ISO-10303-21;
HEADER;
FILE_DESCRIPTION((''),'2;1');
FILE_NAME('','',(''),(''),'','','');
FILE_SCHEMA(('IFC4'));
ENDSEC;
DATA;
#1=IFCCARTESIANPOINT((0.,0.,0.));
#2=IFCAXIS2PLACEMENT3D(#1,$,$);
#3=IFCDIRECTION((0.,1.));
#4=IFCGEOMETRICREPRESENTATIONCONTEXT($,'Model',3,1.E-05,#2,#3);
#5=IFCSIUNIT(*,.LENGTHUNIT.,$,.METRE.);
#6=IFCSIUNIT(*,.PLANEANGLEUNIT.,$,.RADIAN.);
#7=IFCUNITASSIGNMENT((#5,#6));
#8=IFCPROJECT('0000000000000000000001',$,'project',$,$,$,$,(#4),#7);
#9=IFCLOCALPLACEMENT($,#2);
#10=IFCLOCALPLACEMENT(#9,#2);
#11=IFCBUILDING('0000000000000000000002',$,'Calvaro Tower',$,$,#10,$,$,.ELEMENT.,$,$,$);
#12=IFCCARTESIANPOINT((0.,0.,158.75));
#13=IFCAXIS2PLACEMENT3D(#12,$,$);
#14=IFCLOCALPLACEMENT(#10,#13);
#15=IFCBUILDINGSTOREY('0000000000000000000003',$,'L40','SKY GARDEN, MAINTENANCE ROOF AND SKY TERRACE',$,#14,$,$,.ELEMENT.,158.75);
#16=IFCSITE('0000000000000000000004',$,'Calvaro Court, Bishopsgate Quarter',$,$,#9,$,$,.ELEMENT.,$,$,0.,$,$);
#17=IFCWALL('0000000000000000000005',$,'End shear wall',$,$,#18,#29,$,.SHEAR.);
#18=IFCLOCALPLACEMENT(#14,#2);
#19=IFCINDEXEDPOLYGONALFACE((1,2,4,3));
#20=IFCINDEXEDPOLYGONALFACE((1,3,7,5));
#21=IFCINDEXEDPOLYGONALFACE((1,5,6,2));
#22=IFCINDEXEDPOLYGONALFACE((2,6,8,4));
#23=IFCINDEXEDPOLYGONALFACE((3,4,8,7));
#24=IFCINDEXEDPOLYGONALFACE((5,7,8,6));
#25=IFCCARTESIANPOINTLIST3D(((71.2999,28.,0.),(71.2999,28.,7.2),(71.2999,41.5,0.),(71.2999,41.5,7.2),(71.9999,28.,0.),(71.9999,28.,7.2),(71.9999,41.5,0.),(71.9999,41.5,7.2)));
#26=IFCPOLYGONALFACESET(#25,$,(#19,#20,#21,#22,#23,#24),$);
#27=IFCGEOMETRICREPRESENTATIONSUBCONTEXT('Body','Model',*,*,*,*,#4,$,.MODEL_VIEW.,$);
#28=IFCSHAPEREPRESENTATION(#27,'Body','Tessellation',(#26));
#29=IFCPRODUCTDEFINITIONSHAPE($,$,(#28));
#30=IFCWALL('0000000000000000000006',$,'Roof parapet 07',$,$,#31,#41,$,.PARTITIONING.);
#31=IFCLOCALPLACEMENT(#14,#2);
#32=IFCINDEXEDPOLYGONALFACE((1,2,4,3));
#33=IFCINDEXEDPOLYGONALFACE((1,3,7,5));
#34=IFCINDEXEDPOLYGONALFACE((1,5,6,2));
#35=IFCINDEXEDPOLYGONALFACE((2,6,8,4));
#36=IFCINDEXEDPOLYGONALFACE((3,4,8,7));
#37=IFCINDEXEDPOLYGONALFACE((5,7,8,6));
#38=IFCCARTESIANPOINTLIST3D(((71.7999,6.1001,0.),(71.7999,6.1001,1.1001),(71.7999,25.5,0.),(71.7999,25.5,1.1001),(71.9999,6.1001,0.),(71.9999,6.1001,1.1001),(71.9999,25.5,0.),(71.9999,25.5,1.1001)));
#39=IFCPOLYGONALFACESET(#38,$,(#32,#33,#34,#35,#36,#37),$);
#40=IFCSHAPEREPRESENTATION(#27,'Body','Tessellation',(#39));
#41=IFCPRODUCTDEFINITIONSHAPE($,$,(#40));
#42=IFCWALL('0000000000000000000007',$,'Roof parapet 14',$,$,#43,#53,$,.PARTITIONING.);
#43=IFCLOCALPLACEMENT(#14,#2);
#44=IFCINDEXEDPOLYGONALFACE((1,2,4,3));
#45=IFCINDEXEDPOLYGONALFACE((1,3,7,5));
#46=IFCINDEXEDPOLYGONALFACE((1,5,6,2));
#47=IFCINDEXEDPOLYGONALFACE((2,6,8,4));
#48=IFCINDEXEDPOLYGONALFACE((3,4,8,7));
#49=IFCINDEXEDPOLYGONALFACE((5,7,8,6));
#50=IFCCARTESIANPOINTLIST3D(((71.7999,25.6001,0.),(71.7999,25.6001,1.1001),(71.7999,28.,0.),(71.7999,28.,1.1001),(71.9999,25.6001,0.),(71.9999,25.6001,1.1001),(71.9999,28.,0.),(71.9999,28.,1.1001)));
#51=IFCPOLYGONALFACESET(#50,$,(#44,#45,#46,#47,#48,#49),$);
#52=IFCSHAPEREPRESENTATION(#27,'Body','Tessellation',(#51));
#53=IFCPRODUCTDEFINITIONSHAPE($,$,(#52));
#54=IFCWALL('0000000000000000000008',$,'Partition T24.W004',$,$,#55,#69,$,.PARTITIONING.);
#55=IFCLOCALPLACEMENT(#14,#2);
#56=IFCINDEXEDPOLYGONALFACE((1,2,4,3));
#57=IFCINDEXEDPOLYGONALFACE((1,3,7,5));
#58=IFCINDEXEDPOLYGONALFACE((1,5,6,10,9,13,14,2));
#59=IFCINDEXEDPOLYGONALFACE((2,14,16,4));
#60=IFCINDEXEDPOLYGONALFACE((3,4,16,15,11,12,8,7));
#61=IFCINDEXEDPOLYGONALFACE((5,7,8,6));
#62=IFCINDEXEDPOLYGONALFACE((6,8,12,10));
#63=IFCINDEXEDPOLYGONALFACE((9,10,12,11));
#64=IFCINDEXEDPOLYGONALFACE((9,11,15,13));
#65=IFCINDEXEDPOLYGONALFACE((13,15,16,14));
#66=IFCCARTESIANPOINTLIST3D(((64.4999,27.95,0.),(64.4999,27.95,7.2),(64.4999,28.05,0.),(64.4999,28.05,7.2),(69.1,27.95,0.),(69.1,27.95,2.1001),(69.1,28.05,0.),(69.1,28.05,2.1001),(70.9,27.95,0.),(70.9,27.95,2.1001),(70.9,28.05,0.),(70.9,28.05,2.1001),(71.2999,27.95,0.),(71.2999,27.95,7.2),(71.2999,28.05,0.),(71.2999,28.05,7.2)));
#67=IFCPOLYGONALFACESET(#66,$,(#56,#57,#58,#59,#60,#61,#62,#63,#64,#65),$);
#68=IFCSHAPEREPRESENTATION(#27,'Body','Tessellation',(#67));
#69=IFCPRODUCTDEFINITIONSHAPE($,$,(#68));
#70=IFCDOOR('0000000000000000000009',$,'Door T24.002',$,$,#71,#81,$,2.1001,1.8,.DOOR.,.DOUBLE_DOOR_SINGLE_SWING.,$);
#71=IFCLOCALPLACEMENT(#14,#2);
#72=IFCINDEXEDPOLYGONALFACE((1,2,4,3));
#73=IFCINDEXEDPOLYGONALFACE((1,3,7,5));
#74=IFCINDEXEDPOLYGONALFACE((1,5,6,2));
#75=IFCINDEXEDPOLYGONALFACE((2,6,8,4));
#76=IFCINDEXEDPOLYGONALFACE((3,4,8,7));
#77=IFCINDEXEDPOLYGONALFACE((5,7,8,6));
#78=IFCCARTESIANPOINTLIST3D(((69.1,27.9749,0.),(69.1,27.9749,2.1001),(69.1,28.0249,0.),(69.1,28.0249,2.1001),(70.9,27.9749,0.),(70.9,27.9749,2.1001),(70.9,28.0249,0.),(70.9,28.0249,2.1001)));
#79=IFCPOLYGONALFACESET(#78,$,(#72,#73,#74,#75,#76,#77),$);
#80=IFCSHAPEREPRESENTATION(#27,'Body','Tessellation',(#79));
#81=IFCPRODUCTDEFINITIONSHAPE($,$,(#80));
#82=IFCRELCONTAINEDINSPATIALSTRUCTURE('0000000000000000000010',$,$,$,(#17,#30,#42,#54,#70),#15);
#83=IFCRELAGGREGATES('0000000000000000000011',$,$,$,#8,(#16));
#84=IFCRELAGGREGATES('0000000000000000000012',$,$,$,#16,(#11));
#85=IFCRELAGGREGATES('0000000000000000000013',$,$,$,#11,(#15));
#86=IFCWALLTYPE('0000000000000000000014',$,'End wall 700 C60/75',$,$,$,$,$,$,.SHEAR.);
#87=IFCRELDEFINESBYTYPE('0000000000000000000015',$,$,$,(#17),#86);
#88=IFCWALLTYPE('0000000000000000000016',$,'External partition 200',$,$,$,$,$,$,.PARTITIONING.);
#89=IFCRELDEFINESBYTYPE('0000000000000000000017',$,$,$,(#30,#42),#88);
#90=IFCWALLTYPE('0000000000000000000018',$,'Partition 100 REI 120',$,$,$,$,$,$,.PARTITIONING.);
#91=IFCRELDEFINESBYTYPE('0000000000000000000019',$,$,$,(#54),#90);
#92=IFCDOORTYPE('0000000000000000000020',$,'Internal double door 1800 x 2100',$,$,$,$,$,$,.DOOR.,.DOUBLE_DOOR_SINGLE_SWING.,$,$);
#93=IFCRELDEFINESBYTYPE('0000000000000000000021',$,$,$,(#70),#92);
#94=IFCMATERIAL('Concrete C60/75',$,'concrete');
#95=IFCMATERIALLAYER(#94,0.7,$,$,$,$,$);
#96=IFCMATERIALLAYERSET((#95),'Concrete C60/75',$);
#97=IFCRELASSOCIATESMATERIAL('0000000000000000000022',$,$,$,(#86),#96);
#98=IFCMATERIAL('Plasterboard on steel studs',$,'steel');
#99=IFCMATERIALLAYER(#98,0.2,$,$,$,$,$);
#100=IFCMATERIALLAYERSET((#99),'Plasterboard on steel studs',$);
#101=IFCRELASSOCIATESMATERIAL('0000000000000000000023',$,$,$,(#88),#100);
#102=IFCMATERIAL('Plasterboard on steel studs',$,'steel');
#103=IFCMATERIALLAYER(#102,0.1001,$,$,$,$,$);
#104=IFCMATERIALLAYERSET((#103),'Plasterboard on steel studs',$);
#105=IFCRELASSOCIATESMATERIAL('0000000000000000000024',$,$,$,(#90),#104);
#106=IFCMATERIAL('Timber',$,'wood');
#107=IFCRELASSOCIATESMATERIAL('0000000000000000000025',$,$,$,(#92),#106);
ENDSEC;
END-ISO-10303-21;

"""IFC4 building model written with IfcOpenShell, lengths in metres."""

from ifc_helpers import new_model, si_unit, direction, frame, frame_2d, origin, place, context, subcontext, project, spatial, rectangle, extrude, material, layer, layer_set, type_object, element, fill, save


model = new_model("IFC4")

# Units and contexts
model_context = context("Model", 3, precision=1e-05, world=origin(), true_north=direction((0.0, 1.0)))
body_context = subcontext(model_context, "Body", "Model", "MODEL_VIEW")
ifc_project = project(units=[si_unit("LENGTHUNIT", "METRE"), si_unit("PLANEANGLEUNIT", "RADIAN")], contexts=[model_context])

# Site, building, storey
site_placement = place(None, origin())
site = spatial("IfcSite", under=ifc_project, at=site_placement, Name="Calvaro Court, Bishopsgate Quarter", CompositionType="ELEMENT", RefElevation=0.0)
building_placement = place(site_placement, origin())
building = spatial("IfcBuilding", under=site, at=building_placement, Name="Calvaro Tower", CompositionType="ELEMENT")
storey_placement = place(building_placement, frame((0.0, 0.0, 158.75)))
storey = spatial("IfcBuildingStorey", under=building, at=storey_placement, Name="L40", Description="SKY GARDEN, MAINTENANCE ROOF AND SKY TERRACE", CompositionType="ELEMENT", Elevation=158.75)

# Walls
ifc_material_1 = material(Name="Concrete C60/75", Category="concrete")
ifc_layer_1 = layer(ifc_material_1, 0.7)
ifc_layer_set_1 = layer_set([ifc_layer_1], Name="Concrete C60/75")
wall_type_1 = type_object("IfcWallType", Name="End wall 700 C60/75", PredefinedType="SHEAR", material=ifc_layer_set_1)
wall_1_placement = place(storey_placement, frame((71.6499, 28.0, 0.0), z_axis=(0.0, 0.0, 1.0), x_axis=(0.0, 1.0, 0.0)))
element("IfcWall", 1, at=wall_1_placement, inside=storey, type_object=wall_type_1, Name="End shear wall", PredefinedType="SHEAR", context=body_context, shape_type="SweptSolid", body=[
    extrude(rectangle(XDim=13.5, YDim=0.7, at=frame_2d((6.75, 0.0))), origin(), (0.0, 0.0, 1.0), 7.2),
])
ifc_material_2 = material(Name="Plasterboard on steel studs", Category="steel")
ifc_layer_2 = layer(ifc_material_2, 0.2)
ifc_layer_set_2 = layer_set([ifc_layer_2], Name="Plasterboard on steel studs")
wall_type_2 = type_object("IfcWallType", Name="External partition 200", PredefinedType="PARTITIONING", material=ifc_layer_set_2)
wall_2_placement = place(storey_placement, frame((71.8999, 25.5, 0.0), z_axis=(0.0, 0.0, 1.0), x_axis=(0.0, -1.0, 0.0)))
element("IfcWall", 2, at=wall_2_placement, inside=storey, type_object=wall_type_2, Name="Roof parapet 07", PredefinedType="PARTITIONING", context=body_context, shape_type="SweptSolid", body=[
    extrude(rectangle(XDim=19.3999, YDim=0.2, at=frame_2d((9.7, 0.0))), origin(), (0.0, 0.0, 1.0), 1.1001),
])
wall_3_placement = place(storey_placement, frame((71.8999, 25.6001, 0.0), z_axis=(0.0, 0.0, 1.0), x_axis=(0.0, 1.0, 0.0)))
element("IfcWall", 3, at=wall_3_placement, inside=storey, type_object=wall_type_2, Name="Roof parapet 14", PredefinedType="PARTITIONING", context=body_context, shape_type="SweptSolid", body=[
    extrude(rectangle(XDim=2.3999, YDim=0.2, at=frame_2d((1.2, 0.0))), origin(), (0.0, 0.0, 1.0), 1.1001),
])

# Wall, opening, door
ifc_material_3 = material(Name="Plasterboard on steel studs", Category="steel")
ifc_layer_3 = layer(ifc_material_3, 0.1001)
ifc_layer_set_3 = layer_set([ifc_layer_3], Name="Plasterboard on steel studs")
wall_type_3 = type_object("IfcWallType", Name="Partition 100 REI 120", PredefinedType="PARTITIONING", material=ifc_layer_set_3)
wall_4_placement = place(storey_placement, frame((64.5, 28.0, 0.0), z_axis=(0.0, 0.0, 1.0), x_axis=(1.0, 0.0, 0.0)))
wall_4 = element("IfcWall", 4, at=wall_4_placement, inside=storey, type_object=wall_type_3, Name="Partition T24.W004", PredefinedType="PARTITIONING", context=body_context, shape_type="SweptSolid", body=[
    extrude(rectangle(XDim=6.8, YDim=0.1001, at=frame_2d((3.3999, 0.0))), origin(), (0.0, 0.0, 1.0), 7.2),
])
opening_1_placement = place(wall_4_placement, frame((4.6001, 0.0, 0.0)))
opening_1 = element("IfcOpeningElement", 5, at=opening_1_placement, cuts=wall_4, PredefinedType="OPENING", context=body_context, shape_type="SweptSolid", body=[
    extrude(rectangle(XDim=1.8, YDim=2.1001, at=frame_2d((0.8999, 1.05))), frame((0.0, 0.0601, 0.0), z_axis=(0.0, -1.0, 0.0), x_axis=(1.0, 0.0, 0.0)), (0.0, 0.0, 1.0), 0.1201),
])
ifc_material_4 = material(Name="Timber", Category="wood")
door_type_1 = type_object("IfcDoorType", Name="Internal double door 1800 x 2100", OperationType="DOUBLE_DOOR_SINGLE_SWING", PredefinedType="DOOR", material=ifc_material_4)
door_1_placement = place(opening_1_placement, origin())
door_1 = element("IfcDoor", 6, at=door_1_placement, inside=storey, type_object=door_type_1, Name="Door T24.002", OperationType="DOUBLE_DOOR_SINGLE_SWING", OverallHeight=2.1001, OverallWidth=1.8, PredefinedType="DOOR", context=body_context, shape_type="SweptSolid", body=[
    extrude(rectangle(XDim=1.8, YDim=2.1001, at=frame_2d((0.8999, 1.05))), frame((0.0, 0.0249, 0.0), z_axis=(0.0, -1.0, 0.0), x_axis=(1.0, 0.0, 0.0)), (0.0, 0.0, 1.0), 0.05),
])
fill(opening_1, door_1)

save(model, "model.ifc")
